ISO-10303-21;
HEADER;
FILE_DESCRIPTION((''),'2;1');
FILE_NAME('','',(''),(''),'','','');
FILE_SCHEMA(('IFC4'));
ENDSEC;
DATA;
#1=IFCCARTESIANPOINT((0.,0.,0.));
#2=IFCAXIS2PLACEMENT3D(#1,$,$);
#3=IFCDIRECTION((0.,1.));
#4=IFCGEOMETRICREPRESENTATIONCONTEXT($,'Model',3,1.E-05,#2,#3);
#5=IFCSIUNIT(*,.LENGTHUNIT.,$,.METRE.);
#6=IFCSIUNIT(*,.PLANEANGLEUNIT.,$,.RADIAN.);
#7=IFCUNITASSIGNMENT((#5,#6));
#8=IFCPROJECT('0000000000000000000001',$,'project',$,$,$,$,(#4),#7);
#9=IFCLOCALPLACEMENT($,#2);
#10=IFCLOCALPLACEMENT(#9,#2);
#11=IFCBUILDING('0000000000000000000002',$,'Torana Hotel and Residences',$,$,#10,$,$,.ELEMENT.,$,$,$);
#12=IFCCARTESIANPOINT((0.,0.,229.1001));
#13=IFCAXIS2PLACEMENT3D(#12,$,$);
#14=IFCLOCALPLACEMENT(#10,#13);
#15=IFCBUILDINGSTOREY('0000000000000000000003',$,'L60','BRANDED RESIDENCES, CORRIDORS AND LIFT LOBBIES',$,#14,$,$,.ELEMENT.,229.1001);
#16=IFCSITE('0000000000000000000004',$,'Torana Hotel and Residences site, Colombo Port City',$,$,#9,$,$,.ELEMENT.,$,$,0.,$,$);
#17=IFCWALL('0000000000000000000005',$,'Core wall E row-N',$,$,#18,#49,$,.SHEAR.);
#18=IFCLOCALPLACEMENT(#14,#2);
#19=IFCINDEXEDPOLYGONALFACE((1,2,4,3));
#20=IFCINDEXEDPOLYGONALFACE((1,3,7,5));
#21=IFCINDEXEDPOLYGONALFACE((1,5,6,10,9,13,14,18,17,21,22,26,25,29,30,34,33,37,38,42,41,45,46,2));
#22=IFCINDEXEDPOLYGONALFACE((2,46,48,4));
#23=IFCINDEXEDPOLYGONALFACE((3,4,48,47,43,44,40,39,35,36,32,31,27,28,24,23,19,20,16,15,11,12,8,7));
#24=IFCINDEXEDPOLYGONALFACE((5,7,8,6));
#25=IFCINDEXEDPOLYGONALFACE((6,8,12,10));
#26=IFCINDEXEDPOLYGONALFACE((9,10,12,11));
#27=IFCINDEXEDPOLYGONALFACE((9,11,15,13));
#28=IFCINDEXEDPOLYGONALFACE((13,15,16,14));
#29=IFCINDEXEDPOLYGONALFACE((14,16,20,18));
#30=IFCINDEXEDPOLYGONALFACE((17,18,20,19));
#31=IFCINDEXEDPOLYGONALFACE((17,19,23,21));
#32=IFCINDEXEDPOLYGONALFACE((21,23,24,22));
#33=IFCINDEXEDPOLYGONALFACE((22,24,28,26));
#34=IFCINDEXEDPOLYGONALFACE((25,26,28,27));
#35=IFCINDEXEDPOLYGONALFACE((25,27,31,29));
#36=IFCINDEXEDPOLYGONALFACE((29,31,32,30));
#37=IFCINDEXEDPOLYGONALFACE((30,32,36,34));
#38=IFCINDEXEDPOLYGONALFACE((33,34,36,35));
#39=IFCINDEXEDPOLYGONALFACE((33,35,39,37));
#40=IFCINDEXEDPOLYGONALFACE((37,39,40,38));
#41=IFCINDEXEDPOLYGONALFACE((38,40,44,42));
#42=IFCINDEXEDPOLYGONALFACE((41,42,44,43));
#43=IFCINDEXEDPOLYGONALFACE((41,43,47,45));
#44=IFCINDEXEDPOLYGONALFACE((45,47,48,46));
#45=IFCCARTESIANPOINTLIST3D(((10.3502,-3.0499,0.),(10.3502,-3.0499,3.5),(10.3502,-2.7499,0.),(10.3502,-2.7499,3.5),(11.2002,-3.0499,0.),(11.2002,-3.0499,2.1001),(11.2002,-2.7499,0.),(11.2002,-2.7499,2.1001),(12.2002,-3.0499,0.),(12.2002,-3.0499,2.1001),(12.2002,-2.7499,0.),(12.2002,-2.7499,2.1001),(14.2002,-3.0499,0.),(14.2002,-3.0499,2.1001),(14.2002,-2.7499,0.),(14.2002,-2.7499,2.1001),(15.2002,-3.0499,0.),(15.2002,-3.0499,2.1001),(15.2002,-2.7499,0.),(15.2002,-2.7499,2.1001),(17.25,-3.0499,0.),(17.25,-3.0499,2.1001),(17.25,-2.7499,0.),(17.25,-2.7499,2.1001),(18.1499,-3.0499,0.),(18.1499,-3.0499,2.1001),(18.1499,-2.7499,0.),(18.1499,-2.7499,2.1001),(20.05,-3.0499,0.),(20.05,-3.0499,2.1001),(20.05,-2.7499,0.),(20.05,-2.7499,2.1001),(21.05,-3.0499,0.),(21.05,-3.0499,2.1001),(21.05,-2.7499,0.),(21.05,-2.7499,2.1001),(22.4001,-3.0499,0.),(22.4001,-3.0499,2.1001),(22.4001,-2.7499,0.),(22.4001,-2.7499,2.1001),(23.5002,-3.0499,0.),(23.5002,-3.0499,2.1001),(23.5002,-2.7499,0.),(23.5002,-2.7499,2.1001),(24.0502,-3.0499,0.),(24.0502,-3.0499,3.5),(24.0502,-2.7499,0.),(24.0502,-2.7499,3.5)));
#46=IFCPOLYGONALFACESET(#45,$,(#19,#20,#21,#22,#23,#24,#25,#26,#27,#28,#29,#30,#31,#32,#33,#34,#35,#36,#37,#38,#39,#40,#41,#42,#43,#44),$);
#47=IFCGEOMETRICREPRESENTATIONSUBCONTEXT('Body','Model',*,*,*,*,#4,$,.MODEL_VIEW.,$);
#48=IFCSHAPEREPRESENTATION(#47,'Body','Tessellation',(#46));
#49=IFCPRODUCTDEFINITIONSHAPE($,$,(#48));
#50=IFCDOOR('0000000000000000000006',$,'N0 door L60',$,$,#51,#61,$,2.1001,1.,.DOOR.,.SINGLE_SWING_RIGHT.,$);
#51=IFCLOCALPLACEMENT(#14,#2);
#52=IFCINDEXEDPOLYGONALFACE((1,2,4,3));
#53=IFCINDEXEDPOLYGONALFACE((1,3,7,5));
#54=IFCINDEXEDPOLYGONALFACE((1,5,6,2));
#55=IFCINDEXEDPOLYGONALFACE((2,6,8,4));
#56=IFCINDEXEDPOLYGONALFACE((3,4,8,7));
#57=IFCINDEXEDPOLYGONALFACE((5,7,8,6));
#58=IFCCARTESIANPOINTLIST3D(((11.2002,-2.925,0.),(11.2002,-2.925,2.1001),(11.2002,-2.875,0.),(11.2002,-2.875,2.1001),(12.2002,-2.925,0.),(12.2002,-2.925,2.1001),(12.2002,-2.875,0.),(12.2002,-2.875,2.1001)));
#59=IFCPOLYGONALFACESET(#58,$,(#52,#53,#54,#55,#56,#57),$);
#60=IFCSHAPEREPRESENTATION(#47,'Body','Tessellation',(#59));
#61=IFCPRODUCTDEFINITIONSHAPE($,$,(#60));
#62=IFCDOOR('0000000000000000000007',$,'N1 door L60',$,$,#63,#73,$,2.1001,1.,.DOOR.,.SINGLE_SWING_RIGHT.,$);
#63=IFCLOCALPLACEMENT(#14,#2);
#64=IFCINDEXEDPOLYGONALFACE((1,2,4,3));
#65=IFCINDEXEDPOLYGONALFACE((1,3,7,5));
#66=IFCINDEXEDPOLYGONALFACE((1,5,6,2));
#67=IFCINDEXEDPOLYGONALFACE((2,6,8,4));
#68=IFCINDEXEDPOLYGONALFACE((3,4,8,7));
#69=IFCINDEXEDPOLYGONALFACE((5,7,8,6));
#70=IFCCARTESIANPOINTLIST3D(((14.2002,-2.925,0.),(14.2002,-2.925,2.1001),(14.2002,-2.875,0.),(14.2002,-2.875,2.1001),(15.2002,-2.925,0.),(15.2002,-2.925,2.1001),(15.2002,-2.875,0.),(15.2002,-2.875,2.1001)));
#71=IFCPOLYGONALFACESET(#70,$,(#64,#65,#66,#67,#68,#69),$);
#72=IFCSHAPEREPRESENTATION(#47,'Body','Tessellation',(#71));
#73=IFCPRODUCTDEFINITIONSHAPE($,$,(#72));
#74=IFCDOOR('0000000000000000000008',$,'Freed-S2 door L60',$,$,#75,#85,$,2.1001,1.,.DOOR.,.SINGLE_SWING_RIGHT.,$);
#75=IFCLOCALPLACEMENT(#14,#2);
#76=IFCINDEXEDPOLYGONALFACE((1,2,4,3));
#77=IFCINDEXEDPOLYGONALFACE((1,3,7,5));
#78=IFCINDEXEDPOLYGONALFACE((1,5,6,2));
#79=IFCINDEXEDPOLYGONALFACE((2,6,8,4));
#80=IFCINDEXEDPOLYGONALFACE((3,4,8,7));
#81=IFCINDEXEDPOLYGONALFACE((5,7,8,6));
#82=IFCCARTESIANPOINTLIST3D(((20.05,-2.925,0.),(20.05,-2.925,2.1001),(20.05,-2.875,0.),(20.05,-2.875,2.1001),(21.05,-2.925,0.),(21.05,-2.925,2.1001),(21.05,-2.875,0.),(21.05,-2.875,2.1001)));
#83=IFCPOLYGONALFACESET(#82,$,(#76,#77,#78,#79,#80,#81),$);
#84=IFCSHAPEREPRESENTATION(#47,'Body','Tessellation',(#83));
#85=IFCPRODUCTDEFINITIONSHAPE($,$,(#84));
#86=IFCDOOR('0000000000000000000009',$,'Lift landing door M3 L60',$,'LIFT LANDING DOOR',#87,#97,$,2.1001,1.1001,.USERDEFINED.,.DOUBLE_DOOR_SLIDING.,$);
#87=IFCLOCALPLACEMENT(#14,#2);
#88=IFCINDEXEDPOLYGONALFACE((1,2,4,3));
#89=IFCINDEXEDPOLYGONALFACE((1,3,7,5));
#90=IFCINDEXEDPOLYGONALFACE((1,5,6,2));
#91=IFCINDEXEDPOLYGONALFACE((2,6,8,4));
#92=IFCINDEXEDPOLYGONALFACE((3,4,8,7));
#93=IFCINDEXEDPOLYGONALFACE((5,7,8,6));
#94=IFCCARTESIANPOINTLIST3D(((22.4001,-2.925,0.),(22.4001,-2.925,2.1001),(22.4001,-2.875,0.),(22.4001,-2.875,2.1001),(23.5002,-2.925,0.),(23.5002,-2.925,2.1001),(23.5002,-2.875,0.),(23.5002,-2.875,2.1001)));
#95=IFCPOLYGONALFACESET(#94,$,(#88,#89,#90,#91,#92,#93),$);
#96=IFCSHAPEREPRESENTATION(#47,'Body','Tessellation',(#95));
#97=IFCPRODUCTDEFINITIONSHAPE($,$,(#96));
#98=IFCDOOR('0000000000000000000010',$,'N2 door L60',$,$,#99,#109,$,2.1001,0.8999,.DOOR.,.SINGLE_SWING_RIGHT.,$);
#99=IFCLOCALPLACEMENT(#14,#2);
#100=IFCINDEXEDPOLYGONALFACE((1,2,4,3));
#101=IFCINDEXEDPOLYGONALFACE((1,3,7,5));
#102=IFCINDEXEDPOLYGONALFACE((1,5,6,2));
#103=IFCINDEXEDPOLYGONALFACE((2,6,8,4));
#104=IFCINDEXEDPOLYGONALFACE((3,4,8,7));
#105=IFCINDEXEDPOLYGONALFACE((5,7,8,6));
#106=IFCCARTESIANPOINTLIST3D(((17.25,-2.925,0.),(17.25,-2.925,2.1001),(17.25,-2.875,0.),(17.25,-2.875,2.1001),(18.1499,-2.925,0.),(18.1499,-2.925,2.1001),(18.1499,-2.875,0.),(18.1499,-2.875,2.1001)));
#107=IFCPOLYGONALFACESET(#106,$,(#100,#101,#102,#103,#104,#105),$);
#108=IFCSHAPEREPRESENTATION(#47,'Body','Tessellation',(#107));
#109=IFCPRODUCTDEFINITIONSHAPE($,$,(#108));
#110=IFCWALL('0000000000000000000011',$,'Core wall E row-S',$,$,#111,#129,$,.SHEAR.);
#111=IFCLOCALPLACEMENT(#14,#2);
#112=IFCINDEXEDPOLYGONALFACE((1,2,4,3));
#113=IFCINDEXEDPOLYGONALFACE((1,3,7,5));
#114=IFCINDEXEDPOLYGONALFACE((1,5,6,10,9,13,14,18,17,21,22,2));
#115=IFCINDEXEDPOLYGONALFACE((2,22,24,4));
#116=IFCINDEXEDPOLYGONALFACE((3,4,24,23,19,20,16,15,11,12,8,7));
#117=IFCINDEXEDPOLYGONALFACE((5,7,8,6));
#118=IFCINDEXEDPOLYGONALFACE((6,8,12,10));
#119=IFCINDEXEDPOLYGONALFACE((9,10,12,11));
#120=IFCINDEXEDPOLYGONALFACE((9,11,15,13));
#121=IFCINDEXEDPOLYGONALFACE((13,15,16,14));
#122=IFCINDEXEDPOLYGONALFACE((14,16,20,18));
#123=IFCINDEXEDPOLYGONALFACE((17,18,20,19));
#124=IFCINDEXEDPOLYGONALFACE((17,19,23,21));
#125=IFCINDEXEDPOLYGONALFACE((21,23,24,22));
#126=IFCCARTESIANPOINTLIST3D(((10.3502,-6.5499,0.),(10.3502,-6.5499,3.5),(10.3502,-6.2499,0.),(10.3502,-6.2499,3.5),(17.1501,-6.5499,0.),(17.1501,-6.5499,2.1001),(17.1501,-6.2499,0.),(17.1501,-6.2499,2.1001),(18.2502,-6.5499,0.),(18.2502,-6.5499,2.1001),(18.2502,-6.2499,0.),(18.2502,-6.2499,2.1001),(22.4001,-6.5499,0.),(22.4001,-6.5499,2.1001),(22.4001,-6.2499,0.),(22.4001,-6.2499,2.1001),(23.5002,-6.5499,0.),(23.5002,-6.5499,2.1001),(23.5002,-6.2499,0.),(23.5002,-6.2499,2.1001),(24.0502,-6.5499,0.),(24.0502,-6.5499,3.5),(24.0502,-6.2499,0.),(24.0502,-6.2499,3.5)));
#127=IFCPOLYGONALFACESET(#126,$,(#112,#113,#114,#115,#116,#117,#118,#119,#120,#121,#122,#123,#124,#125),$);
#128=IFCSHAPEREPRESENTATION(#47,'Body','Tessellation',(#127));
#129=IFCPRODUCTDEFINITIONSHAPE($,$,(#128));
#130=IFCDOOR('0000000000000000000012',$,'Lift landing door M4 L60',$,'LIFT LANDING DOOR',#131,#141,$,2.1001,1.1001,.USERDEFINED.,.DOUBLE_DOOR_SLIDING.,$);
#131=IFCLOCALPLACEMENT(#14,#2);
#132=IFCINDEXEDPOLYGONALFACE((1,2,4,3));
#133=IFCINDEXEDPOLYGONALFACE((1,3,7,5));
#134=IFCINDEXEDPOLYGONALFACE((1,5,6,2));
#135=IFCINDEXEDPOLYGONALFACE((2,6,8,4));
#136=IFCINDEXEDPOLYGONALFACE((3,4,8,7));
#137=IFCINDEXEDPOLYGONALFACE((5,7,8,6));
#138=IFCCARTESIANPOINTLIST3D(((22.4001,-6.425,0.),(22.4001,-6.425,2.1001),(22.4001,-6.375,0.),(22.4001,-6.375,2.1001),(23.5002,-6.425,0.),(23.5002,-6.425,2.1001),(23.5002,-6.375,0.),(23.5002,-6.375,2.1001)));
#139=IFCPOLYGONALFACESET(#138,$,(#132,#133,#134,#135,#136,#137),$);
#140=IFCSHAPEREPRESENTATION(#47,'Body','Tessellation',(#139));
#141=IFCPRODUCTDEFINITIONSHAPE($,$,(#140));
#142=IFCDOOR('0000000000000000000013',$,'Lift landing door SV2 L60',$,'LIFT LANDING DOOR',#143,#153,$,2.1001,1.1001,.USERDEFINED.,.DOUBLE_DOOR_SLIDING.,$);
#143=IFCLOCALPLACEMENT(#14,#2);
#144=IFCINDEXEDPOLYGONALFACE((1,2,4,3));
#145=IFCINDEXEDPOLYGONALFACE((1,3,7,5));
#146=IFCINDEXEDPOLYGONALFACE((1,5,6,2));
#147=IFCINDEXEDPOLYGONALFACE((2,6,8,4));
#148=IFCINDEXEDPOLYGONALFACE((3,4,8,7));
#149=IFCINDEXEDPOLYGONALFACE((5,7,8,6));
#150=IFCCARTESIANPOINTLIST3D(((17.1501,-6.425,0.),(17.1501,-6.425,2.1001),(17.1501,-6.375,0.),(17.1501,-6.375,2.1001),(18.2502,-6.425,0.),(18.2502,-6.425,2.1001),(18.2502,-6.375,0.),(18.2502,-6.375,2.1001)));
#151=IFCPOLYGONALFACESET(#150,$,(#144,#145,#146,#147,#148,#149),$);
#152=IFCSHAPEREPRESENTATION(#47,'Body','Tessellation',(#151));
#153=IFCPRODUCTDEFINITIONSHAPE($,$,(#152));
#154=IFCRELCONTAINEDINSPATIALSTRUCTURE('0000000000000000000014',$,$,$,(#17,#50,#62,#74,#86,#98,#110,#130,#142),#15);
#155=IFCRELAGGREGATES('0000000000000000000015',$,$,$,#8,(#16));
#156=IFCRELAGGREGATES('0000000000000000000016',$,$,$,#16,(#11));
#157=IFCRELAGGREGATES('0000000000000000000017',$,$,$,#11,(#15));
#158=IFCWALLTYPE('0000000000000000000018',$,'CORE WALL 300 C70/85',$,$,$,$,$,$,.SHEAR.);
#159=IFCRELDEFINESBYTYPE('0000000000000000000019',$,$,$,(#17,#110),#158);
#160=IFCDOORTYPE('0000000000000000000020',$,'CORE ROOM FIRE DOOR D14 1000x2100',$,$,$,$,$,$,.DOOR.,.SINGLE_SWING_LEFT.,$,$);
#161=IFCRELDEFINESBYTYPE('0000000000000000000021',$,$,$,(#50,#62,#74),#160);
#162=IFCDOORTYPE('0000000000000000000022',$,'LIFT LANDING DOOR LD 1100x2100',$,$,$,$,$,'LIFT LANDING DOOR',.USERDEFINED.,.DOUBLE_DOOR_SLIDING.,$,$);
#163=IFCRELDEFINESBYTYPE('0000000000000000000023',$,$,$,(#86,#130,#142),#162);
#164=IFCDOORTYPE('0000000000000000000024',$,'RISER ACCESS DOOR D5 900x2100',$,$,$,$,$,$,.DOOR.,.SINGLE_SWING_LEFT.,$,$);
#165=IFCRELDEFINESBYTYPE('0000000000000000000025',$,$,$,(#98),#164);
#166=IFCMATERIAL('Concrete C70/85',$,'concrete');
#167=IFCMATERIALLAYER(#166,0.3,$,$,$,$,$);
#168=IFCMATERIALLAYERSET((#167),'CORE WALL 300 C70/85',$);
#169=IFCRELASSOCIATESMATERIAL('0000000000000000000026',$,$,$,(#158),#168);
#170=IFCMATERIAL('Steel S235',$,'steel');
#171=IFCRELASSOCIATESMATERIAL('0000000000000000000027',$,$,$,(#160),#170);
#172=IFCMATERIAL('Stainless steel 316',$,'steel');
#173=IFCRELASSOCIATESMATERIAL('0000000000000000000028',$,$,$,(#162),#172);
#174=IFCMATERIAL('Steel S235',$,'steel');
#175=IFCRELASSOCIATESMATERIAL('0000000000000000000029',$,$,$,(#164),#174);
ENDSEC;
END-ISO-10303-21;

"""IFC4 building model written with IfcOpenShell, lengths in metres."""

from ifc_helpers import new_model, si_unit, direction, frame, frame_2d, origin, place, context, subcontext, project, spatial, rectangle, extrude, material, layer, layer_set, type_object, element, fill, save


model = new_model("IFC4")

# Units and contexts
model_context = context("Model", 3, precision=1e-05, world=origin(), true_north=direction((0.0, 1.0)))
body_context = subcontext(model_context, "Body", "Model", "MODEL_VIEW")
ifc_project = project(units=[si_unit("LENGTHUNIT", "METRE"), si_unit("PLANEANGLEUNIT", "RADIAN")], contexts=[model_context])

# Site, building, storey
site_placement = place(None, origin())
site = spatial("IfcSite", under=ifc_project, at=site_placement, Name="Torana Hotel and Residences site, Colombo Port City", CompositionType="ELEMENT", RefElevation=0.0)
building_placement = place(site_placement, origin())
building = spatial("IfcBuilding", under=site, at=building_placement, Name="Torana Hotel and Residences", CompositionType="ELEMENT")
storey_placement = place(building_placement, frame((0.0, 0.0, 229.1001)))
storey = spatial("IfcBuildingStorey", under=building, at=storey_placement, Name="L60", Description="BRANDED RESIDENCES, CORRIDORS AND LIFT LOBBIES", CompositionType="ELEMENT", Elevation=229.1001)

# Walls, openings, doors
ifc_material_1 = material(Name="Concrete C70/85", Category="concrete")
ifc_layer_1 = layer(ifc_material_1, 0.3)
ifc_layer_set_1 = layer_set([ifc_layer_1], Name="CORE WALL 300 C70/85")
wall_type_1 = type_object("IfcWallType", Name="CORE WALL 300 C70/85", PredefinedType="SHEAR", material=ifc_layer_set_1)
wall_1_placement = place(storey_placement, frame((10.3501, -2.8999, 0.0), z_axis=(0.0, 0.0, 1.0), x_axis=(1.0, 0.0, 0.0)))
wall_1 = element("IfcWall", 1, at=wall_1_placement, inside=storey, type_object=wall_type_1, Name="Core wall E row-N", PredefinedType="SHEAR", context=body_context, shape_type="SweptSolid", body=[
    extrude(rectangle(XDim=13.7, YDim=0.3, at=frame_2d((6.8501, 0.0))), origin(), (0.0, 0.0, 1.0), 3.5),
])
opening_1_placement = place(wall_1_placement, frame((12.05, 0.0, 0.0)))
opening_1 = element("IfcOpeningElement", 2, at=opening_1_placement, cuts=wall_1, PredefinedType="OPENING", context=body_context, shape_type="SweptSolid", body=[
    extrude(rectangle(XDim=1.1001, YDim=2.1001, at=frame_2d((0.55, 1.05))), frame((0.0, 0.1599, 0.0), z_axis=(0.0, -1.0, 0.0), x_axis=(1.0, 0.0, 0.0)), (0.0, 0.0, 1.0), 0.3201),
])
opening_2_placement = place(wall_1_placement, frame((6.8999, 0.0, 0.0)))
opening_2 = element("IfcOpeningElement", 3, at=opening_2_placement, cuts=wall_1, PredefinedType="OPENING", context=body_context, shape_type="SweptSolid", body=[
    extrude(rectangle(XDim=0.8999, YDim=2.1001, at=frame_2d((0.45, 1.05))), frame((0.0, 0.1599, 0.0), z_axis=(0.0, -1.0, 0.0), x_axis=(1.0, 0.0, 0.0)), (0.0, 0.0, 1.0), 0.3201),
])
opening_3_placement = place(wall_1_placement, frame((0.8501, 0.0, 0.0)))
opening_3 = element("IfcOpeningElement", 4, at=opening_3_placement, cuts=wall_1, PredefinedType="OPENING", context=body_context, shape_type="SweptSolid", body=[
    extrude(rectangle(XDim=1.0, YDim=2.1001, at=frame_2d((0.5, 1.05))), frame((0.0, 0.1599, 0.0), z_axis=(0.0, -1.0, 0.0), x_axis=(1.0, 0.0, 0.0)), (0.0, 0.0, 1.0), 0.3201),
])
opening_4_placement = place(wall_1_placement, frame((3.8501, 0.0, 0.0)))
opening_4 = element("IfcOpeningElement", 5, at=opening_4_placement, cuts=wall_1, PredefinedType="OPENING", context=body_context, shape_type="SweptSolid", body=[
    extrude(rectangle(XDim=1.0, YDim=2.1001, at=frame_2d((0.5, 1.05))), frame((0.0, 0.1599, 0.0), z_axis=(0.0, -1.0, 0.0), x_axis=(1.0, 0.0, 0.0)), (0.0, 0.0, 1.0), 0.3201),
])
opening_5_placement = place(wall_1_placement, frame((9.7, 0.0, 0.0)))
opening_5 = element("IfcOpeningElement", 6, at=opening_5_placement, cuts=wall_1, PredefinedType="OPENING", context=body_context, shape_type="SweptSolid", body=[
    extrude(rectangle(XDim=1.0, YDim=2.1001, at=frame_2d((0.5, 1.05))), frame((0.0, 0.1599, 0.0), z_axis=(0.0, -1.0, 0.0), x_axis=(1.0, 0.0, 0.0)), (0.0, 0.0, 1.0), 0.3201),
])
ifc_material_2 = material(Name="Steel S235", Category="steel")
door_type_1 = type_object("IfcDoorType", Name="CORE ROOM FIRE DOOR D14 1000x2100", OperationType="SINGLE_SWING_LEFT", PredefinedType="DOOR", material=ifc_material_2)
door_1_placement = place(opening_3_placement, origin())
door_1 = element("IfcDoor", 7, at=door_1_placement, inside=storey, type_object=door_type_1, Name="N0 door L60", OperationType="SINGLE_SWING_RIGHT", OverallHeight=2.1001, OverallWidth=1.0, PredefinedType="DOOR", context=body_context, shape_type="SweptSolid", body=[
    extrude(rectangle(XDim=1.0, YDim=2.1001, at=frame_2d((0.5, 1.05))), frame((0.0, 0.0249, 0.0), z_axis=(0.0, -1.0, 0.0), x_axis=(1.0, 0.0, 0.0)), (0.0, 0.0, 1.0), 0.05),
])
fill(opening_3, door_1)
door_2_placement = place(opening_4_placement, origin())
door_2 = element("IfcDoor", 8, at=door_2_placement, inside=storey, type_object=door_type_1, Name="N1 door L60", OperationType="SINGLE_SWING_RIGHT", OverallHeight=2.1001, OverallWidth=1.0, PredefinedType="DOOR", context=body_context, shape_type="SweptSolid", body=[
    extrude(rectangle(XDim=1.0, YDim=2.1001, at=frame_2d((0.5, 1.05))), frame((0.0, 0.0249, 0.0), z_axis=(0.0, -1.0, 0.0), x_axis=(1.0, 0.0, 0.0)), (0.0, 0.0, 1.0), 0.05),
])
fill(opening_4, door_2)
door_3_placement = place(opening_5_placement, origin())
door_3 = element("IfcDoor", 9, at=door_3_placement, inside=storey, type_object=door_type_1, Name="Freed-S2 door L60", OperationType="SINGLE_SWING_RIGHT", OverallHeight=2.1001, OverallWidth=1.0, PredefinedType="DOOR", context=body_context, shape_type="SweptSolid", body=[
    extrude(rectangle(XDim=1.0, YDim=2.1001, at=frame_2d((0.5, 1.05))), frame((0.0, 0.0249, 0.0), z_axis=(0.0, -1.0, 0.0), x_axis=(1.0, 0.0, 0.0)), (0.0, 0.0, 1.0), 0.05),
])
fill(opening_5, door_3)
ifc_material_3 = material(Name="Stainless steel 316", Category="steel")
door_type_2 = type_object("IfcDoorType", Name="LIFT LANDING DOOR LD 1100x2100", ElementType="LIFT LANDING DOOR", OperationType="DOUBLE_DOOR_SLIDING", PredefinedType="USERDEFINED", material=ifc_material_3)
door_4_placement = place(opening_1_placement, origin())
door_4 = element("IfcDoor", 10, at=door_4_placement, inside=storey, type_object=door_type_2, Name="Lift landing door M3 L60", ObjectType="LIFT LANDING DOOR", OperationType="DOUBLE_DOOR_SLIDING", OverallHeight=2.1001, OverallWidth=1.1001, PredefinedType="USERDEFINED", context=body_context, shape_type="SweptSolid", body=[
    extrude(rectangle(XDim=1.1001, YDim=2.1001, at=frame_2d((0.55, 1.05))), frame((0.0, 0.0249, 0.0), z_axis=(0.0, -1.0, 0.0), x_axis=(1.0, 0.0, 0.0)), (0.0, 0.0, 1.0), 0.05),
])
fill(opening_1, door_4)
ifc_material_4 = material(Name="Steel S235", Category="steel")
door_type_3 = type_object("IfcDoorType", Name="RISER ACCESS DOOR D5 900x2100", OperationType="SINGLE_SWING_LEFT", PredefinedType="DOOR", material=ifc_material_4)
door_5_placement = place(opening_2_placement, origin())
door_5 = element("IfcDoor", 11, at=door_5_placement, inside=storey, type_object=door_type_3, Name="N2 door L60", OperationType="SINGLE_SWING_RIGHT", OverallHeight=2.1001, OverallWidth=0.8999, PredefinedType="DOOR", context=body_context, shape_type="SweptSolid", body=[
    extrude(rectangle(XDim=0.8999, YDim=2.1001, at=frame_2d((0.45, 1.05))), frame((0.0, 0.0249, 0.0), z_axis=(0.0, -1.0, 0.0), x_axis=(1.0, 0.0, 0.0)), (0.0, 0.0, 1.0), 0.05),
])
fill(opening_2, door_5)
wall_2_placement = place(storey_placement, frame((10.3501, -6.3999, 0.0), z_axis=(0.0, 0.0, 1.0), x_axis=(1.0, 0.0, 0.0)))
wall_2 = element("IfcWall", 12, at=wall_2_placement, inside=storey, type_object=wall_type_1, Name="Core wall E row-S", PredefinedType="SHEAR", context=body_context, shape_type="SweptSolid", body=[
    extrude(rectangle(XDim=13.7, YDim=0.3, at=frame_2d((6.8501, 0.0))), origin(), (0.0, 0.0, 1.0), 3.5),
])
opening_6_placement = place(wall_2_placement, frame((12.05, 0.0, 0.0)))
opening_6 = element("IfcOpeningElement", 13, at=opening_6_placement, cuts=wall_2, PredefinedType="OPENING", context=body_context, shape_type="SweptSolid", body=[
    extrude(rectangle(XDim=1.1001, YDim=2.1001, at=frame_2d((0.55, 1.05))), frame((0.0, 0.1599, 0.0), z_axis=(0.0, -1.0, 0.0), x_axis=(1.0, 0.0, 0.0)), (0.0, 0.0, 1.0), 0.3201),
])
opening_7_placement = place(wall_2_placement, frame((6.8, 0.0, 0.0)))
opening_7 = element("IfcOpeningElement", 14, at=opening_7_placement, cuts=wall_2, PredefinedType="OPENING", context=body_context, shape_type="SweptSolid", body=[
    extrude(rectangle(XDim=1.1001, YDim=2.1001, at=frame_2d((0.55, 1.05))), frame((0.0, 0.1599, 0.0), z_axis=(0.0, -1.0, 0.0), x_axis=(1.0, 0.0, 0.0)), (0.0, 0.0, 1.0), 0.3201),
])
door_6_placement = place(opening_6_placement, origin())
door_6 = element("IfcDoor", 15, at=door_6_placement, inside=storey, type_object=door_type_2, Name="Lift landing door M4 L60", ObjectType="LIFT LANDING DOOR", OperationType="DOUBLE_DOOR_SLIDING", OverallHeight=2.1001, OverallWidth=1.1001, PredefinedType="USERDEFINED", context=body_context, shape_type="SweptSolid", body=[
    extrude(rectangle(XDim=1.1001, YDim=2.1001, at=frame_2d((0.55, 1.05))), frame((0.0, 0.0249, 0.0), z_axis=(0.0, -1.0, 0.0), x_axis=(1.0, 0.0, 0.0)), (0.0, 0.0, 1.0), 0.05),
])
fill(opening_6, door_6)
door_7_placement = place(opening_7_placement, origin())
door_7 = element("IfcDoor", 16, at=door_7_placement, inside=storey, type_object=door_type_2, Name="Lift landing door SV2 L60", ObjectType="LIFT LANDING DOOR", OperationType="DOUBLE_DOOR_SLIDING", OverallHeight=2.1001, OverallWidth=1.1001, PredefinedType="USERDEFINED", context=body_context, shape_type="SweptSolid", body=[
    extrude(rectangle(XDim=1.1001, YDim=2.1001, at=frame_2d((0.55, 1.05))), frame((0.0, 0.0249, 0.0), z_axis=(0.0, -1.0, 0.0), x_axis=(1.0, 0.0, 0.0)), (0.0, 0.0, 1.0), 0.05),
])
fill(opening_7, door_7)

save(model, "model.ifc")
